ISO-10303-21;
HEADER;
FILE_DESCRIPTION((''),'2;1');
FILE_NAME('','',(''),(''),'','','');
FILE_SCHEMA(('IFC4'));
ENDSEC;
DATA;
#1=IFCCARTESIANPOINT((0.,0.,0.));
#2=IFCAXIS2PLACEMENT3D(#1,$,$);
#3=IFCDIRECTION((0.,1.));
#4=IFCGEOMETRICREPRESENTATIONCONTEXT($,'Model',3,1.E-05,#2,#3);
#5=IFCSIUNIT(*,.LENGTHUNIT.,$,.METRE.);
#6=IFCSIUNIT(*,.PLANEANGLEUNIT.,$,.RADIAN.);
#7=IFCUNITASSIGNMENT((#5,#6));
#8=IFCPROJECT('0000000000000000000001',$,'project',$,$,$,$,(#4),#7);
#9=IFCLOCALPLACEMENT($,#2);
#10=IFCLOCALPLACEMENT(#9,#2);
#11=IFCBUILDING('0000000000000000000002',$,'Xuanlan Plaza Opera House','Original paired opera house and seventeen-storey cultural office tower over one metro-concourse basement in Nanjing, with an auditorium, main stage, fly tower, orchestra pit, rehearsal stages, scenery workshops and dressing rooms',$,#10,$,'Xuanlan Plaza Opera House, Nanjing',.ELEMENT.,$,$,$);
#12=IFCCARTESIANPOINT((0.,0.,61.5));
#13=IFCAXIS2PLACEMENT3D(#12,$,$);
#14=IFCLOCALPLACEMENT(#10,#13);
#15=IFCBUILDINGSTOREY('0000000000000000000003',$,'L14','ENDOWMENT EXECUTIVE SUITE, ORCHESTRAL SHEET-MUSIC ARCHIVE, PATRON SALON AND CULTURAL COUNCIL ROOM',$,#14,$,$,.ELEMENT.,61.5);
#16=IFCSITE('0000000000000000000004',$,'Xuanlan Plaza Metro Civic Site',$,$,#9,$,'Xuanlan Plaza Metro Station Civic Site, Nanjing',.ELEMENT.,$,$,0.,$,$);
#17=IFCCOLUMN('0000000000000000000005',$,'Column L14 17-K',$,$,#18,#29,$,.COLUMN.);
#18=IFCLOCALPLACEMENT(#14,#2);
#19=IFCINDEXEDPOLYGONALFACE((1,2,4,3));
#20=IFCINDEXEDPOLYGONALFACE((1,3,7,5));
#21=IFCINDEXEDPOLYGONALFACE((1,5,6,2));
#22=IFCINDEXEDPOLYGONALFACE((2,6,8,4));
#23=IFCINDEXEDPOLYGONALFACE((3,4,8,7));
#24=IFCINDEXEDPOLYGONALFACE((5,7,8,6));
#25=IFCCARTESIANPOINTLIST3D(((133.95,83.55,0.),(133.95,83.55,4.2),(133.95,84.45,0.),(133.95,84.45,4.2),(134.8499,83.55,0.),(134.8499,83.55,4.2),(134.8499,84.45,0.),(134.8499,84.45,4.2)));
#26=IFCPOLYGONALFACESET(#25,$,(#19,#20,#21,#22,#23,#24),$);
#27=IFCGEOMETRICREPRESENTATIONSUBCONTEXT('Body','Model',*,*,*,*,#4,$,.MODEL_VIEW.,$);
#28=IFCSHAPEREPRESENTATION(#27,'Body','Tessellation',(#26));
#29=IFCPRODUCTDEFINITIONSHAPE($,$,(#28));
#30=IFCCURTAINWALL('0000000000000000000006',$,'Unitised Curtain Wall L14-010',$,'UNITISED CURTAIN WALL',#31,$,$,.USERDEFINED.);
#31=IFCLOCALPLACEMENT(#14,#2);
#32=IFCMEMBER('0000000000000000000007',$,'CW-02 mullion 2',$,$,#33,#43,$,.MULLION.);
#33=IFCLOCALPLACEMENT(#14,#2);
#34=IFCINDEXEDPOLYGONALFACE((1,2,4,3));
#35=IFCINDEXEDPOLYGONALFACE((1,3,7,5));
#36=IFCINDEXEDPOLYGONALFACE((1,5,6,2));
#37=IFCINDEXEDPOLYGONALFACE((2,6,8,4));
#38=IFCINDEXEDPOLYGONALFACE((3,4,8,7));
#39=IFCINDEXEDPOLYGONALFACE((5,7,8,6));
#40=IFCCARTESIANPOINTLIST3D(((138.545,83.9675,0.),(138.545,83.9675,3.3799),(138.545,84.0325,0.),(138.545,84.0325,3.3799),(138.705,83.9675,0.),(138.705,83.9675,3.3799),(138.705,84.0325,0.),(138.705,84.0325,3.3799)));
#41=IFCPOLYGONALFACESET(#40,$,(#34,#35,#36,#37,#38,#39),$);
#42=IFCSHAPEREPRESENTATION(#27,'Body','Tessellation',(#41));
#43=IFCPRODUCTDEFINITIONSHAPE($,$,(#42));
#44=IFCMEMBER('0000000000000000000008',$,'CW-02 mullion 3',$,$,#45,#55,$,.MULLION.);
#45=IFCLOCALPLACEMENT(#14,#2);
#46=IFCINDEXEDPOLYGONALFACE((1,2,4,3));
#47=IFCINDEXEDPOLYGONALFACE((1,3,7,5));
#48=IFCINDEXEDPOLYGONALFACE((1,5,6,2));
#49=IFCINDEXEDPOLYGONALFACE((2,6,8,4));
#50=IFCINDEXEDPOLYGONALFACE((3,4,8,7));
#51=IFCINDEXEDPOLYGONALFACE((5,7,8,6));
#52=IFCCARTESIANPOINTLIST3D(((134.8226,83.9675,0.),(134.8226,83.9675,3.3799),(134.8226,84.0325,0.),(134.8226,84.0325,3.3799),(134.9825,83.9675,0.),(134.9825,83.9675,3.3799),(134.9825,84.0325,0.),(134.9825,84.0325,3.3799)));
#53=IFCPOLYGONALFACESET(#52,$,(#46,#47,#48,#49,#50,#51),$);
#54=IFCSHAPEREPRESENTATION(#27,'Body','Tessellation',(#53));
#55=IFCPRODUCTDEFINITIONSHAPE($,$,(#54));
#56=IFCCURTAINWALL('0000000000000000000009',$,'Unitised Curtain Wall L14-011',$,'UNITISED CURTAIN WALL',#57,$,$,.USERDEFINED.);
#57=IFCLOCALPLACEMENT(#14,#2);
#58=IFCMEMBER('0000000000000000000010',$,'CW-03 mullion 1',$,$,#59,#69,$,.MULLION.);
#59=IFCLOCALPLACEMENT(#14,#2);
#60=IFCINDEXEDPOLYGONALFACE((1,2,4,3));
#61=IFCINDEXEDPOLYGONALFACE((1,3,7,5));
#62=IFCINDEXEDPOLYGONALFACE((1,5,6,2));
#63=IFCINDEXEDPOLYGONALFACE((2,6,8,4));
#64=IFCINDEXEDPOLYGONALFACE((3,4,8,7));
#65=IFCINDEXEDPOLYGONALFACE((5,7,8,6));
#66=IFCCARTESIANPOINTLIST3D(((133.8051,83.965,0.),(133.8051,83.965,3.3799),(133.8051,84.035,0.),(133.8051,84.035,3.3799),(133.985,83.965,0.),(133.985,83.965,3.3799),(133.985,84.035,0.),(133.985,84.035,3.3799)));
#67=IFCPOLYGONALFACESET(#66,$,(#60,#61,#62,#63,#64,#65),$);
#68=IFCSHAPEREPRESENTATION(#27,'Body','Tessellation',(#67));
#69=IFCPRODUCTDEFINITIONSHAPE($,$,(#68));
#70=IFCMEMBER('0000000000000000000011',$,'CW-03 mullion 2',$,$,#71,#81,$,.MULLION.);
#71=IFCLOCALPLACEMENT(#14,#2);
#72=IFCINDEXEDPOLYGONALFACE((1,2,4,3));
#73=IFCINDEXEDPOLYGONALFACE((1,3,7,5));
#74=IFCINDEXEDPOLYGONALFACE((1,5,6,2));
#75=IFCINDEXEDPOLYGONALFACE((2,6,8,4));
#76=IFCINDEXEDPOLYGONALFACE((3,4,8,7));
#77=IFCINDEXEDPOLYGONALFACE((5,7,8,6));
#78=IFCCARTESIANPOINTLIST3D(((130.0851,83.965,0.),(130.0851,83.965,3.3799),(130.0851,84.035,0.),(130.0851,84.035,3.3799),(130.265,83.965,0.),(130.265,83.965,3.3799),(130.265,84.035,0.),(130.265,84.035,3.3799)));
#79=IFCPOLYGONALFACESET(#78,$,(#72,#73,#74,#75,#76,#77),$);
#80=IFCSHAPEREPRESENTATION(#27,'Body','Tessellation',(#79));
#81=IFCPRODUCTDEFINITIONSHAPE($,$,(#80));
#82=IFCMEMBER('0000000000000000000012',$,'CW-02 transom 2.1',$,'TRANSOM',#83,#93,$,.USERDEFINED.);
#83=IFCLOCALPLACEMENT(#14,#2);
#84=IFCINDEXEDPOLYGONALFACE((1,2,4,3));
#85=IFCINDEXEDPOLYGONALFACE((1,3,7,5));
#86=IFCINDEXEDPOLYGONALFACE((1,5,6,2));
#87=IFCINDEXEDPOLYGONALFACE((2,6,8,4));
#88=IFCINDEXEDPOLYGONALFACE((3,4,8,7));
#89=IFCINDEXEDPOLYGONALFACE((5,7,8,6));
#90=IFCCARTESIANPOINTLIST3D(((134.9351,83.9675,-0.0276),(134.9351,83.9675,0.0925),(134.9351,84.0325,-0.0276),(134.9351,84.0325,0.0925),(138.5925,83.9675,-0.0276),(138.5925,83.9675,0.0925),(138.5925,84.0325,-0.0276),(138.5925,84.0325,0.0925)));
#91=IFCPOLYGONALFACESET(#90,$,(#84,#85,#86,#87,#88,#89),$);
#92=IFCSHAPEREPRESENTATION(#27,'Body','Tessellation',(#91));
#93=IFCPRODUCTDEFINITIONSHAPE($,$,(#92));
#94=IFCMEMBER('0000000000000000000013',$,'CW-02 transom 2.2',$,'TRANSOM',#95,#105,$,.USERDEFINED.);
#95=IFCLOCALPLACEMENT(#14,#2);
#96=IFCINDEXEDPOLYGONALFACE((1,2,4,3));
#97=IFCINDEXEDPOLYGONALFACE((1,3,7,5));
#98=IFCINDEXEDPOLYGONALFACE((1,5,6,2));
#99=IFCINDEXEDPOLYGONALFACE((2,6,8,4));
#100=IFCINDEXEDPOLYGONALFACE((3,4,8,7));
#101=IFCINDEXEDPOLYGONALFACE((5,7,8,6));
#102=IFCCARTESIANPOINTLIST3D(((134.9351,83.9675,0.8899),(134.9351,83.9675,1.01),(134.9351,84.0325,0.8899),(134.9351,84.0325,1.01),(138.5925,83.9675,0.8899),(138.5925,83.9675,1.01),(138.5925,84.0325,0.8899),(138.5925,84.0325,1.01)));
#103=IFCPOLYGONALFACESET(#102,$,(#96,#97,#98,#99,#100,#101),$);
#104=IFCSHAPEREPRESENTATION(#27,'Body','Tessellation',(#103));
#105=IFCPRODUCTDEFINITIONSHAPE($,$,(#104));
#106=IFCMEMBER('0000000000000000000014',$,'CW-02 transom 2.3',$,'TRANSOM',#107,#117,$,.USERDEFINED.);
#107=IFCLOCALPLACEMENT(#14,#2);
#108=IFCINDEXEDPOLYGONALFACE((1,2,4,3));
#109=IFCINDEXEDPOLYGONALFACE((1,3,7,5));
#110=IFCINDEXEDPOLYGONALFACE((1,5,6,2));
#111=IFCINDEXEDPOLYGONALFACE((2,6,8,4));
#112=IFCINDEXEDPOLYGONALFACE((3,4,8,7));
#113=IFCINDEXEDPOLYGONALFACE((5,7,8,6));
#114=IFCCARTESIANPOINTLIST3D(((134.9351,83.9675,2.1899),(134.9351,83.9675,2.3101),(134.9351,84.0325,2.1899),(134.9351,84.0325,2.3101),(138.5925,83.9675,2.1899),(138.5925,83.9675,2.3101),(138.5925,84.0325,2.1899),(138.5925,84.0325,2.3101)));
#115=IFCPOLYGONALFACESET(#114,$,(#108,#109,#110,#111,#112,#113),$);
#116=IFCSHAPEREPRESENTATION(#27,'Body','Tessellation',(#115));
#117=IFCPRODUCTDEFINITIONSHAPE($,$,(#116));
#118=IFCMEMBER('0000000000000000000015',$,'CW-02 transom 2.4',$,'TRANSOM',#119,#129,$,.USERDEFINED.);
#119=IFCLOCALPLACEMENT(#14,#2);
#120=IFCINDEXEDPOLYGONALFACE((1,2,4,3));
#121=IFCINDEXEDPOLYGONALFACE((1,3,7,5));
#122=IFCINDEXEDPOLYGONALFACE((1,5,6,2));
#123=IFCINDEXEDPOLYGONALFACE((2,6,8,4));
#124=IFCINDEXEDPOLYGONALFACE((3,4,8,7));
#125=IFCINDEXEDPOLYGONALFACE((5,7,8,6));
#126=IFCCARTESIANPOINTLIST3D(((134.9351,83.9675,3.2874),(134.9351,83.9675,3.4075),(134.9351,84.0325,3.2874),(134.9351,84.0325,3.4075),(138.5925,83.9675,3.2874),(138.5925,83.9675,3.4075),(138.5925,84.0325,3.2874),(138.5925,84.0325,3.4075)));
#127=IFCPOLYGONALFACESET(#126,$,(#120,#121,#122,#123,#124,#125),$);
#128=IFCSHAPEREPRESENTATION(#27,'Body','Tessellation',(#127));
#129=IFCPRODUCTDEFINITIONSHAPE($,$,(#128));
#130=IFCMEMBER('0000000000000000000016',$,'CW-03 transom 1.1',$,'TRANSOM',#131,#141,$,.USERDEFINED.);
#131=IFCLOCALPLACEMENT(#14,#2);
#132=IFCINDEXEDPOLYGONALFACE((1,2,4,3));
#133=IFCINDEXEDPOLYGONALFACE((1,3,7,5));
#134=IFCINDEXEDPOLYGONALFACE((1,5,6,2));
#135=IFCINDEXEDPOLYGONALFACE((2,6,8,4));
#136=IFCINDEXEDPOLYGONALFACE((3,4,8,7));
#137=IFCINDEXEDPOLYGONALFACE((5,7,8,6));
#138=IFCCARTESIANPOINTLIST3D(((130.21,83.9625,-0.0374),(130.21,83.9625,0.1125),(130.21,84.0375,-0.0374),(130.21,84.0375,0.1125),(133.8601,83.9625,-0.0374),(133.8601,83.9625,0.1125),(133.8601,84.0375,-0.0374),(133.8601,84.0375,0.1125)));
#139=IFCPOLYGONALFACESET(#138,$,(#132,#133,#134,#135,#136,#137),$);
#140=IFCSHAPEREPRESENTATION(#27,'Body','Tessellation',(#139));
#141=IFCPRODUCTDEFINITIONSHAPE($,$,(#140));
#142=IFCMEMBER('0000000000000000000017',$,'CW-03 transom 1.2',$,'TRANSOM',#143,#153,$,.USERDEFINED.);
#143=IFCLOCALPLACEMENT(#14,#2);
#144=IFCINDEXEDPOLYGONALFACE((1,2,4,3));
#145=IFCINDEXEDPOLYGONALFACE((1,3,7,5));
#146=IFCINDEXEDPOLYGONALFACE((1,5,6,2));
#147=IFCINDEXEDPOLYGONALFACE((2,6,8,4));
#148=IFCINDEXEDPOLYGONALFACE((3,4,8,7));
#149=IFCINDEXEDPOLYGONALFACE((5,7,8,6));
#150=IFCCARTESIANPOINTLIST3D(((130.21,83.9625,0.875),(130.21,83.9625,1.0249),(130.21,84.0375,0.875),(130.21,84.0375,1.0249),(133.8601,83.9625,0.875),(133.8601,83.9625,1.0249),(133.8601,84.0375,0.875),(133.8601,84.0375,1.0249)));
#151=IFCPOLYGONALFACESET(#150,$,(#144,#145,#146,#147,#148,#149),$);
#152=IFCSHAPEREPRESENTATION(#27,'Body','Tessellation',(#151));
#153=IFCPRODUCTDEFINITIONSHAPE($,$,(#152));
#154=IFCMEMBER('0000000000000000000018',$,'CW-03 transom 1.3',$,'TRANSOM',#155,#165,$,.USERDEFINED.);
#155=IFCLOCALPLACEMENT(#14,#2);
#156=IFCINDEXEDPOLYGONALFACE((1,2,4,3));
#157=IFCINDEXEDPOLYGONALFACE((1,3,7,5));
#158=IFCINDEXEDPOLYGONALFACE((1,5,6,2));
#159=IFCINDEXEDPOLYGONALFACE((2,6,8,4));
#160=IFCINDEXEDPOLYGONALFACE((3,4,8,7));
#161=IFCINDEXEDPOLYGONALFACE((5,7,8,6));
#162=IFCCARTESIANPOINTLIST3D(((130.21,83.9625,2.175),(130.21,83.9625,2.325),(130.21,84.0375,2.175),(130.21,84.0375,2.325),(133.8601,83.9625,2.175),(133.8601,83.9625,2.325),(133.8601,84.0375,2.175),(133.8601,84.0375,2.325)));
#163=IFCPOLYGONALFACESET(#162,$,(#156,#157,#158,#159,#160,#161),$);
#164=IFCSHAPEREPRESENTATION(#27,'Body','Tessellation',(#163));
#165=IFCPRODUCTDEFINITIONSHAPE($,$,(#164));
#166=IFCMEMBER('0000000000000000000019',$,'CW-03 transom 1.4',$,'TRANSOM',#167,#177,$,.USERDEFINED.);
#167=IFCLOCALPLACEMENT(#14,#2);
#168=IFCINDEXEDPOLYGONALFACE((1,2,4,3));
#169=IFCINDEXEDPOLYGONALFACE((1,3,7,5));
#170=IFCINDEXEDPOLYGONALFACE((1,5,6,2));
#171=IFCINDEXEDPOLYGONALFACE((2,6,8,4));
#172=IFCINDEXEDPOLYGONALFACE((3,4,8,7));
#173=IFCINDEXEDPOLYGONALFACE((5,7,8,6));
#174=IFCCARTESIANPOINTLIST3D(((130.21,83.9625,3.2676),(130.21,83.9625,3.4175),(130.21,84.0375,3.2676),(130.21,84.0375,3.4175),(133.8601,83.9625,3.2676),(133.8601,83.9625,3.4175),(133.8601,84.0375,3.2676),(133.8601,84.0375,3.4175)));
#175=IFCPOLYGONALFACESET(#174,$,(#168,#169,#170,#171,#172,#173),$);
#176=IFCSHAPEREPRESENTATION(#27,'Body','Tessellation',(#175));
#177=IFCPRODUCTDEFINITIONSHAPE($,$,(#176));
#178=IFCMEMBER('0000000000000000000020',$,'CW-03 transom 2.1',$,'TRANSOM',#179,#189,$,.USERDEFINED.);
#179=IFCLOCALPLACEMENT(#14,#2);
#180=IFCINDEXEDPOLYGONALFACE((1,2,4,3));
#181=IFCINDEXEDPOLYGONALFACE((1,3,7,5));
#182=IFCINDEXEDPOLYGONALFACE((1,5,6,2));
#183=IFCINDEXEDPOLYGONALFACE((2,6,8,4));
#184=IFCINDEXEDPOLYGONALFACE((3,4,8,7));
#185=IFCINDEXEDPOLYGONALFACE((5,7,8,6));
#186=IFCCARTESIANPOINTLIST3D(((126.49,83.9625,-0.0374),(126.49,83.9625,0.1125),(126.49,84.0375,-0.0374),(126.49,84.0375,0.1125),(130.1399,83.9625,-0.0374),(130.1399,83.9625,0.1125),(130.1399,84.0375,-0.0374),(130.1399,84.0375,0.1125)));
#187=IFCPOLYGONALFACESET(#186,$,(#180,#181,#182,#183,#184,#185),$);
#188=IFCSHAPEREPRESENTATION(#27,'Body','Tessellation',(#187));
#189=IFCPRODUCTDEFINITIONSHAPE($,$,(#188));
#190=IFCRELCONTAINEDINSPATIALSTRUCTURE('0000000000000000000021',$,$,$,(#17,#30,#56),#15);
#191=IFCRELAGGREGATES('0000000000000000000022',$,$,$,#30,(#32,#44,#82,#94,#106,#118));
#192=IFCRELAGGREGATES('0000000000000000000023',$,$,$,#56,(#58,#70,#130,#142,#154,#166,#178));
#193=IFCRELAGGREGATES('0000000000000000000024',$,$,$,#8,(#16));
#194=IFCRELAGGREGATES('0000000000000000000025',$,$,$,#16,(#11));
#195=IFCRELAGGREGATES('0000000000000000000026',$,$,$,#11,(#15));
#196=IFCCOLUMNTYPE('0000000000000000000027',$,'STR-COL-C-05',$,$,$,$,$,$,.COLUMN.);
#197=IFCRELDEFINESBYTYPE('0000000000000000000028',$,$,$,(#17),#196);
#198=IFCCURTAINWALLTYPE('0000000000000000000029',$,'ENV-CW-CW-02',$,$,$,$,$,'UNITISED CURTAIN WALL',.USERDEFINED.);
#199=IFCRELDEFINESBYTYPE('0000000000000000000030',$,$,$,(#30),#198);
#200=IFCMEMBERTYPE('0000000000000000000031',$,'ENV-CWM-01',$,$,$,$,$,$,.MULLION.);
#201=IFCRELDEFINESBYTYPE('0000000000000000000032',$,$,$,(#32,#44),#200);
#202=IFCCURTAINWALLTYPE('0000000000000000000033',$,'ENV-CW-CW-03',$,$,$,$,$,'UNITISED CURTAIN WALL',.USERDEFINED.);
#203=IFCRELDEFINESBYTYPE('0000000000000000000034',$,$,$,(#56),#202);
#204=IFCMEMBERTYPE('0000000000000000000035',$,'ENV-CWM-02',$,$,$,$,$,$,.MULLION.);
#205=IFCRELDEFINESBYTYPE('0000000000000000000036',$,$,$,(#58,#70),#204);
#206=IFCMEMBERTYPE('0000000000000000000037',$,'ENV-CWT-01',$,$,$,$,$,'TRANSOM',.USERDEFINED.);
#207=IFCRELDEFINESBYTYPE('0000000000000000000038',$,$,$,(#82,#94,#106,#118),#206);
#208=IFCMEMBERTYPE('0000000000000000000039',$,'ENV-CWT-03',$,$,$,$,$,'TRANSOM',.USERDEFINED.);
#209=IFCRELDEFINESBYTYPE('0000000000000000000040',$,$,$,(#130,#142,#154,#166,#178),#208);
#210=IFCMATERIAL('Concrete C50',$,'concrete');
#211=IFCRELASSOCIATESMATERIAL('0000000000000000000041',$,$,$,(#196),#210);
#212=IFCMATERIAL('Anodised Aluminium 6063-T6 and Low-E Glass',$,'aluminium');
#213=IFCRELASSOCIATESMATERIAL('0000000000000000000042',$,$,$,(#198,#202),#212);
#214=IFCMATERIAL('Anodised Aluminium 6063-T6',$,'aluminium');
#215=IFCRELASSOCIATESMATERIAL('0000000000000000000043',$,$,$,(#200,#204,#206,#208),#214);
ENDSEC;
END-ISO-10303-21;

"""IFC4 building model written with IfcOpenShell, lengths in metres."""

from ifc_helpers import new_model, si_unit, direction, frame, origin, origin_2d, place, context, subcontext, project, spatial, rectangle, extrude, material, material_profile, profile_set, type_object, element, aggregate, save


model = new_model("IFC4")

# Units and contexts
model_context = context("Model", 3, precision=1e-05, world=origin(), true_north=direction((0.0, 1.0)))
body_context = subcontext(model_context, "Body", "Model", "MODEL_VIEW")
ifc_project = project(units=[si_unit("LENGTHUNIT", "METRE"), si_unit("PLANEANGLEUNIT", "RADIAN")], contexts=[model_context])

# Site, building, storey
site_placement = place(None, origin())
site = spatial("IfcSite", under=ifc_project, at=site_placement, Name="Xuanlan Plaza Metro Civic Site", LongName="Xuanlan Plaza Metro Station Civic Site, Nanjing", CompositionType="ELEMENT", RefElevation=0.0)
building_placement = place(site_placement, origin())
building = spatial("IfcBuilding", under=site, at=building_placement, Name="Xuanlan Plaza Opera House", Description="Original paired opera house and seventeen-storey cultural office tower over one metro-concourse basement in Nanjing, with an auditorium, main stage, fly tower, orchestra pit, rehearsal stages, scenery workshops and dressing rooms", LongName="Xuanlan Plaza Opera House, Nanjing", CompositionType="ELEMENT")
storey_placement = place(building_placement, frame((0.0, 0.0, 61.5)))
storey = spatial("IfcBuildingStorey", under=building, at=storey_placement, Name="L14", Description="ENDOWMENT EXECUTIVE SUITE, ORCHESTRAL SHEET-MUSIC ARCHIVE, PATRON SALON AND CULTURAL COUNCIL ROOM", CompositionType="ELEMENT", Elevation=61.5)

# Column
ifc_material_1 = material(Name="Concrete C50", Category="concrete")
ifc_material_profile_1 = material_profile(ifc_material_1, rectangle(XDim=0.8999, YDim=0.8999, at=origin_2d()), Name="RC-COL 900x900")
ifc_profile_set_1 = profile_set([ifc_material_profile_1], Name="Concrete C50")
column_type = type_object("IfcColumnType", Name="STR-COL-C-05", PredefinedType="COLUMN", material=ifc_profile_set_1)
column_placement = place(storey_placement, frame((134.3999, 84.0, 0.0), z_axis=(0.0, 0.0, 1.0), x_axis=(1.0, 0.0, 0.0)))
element("IfcColumn", 1, at=column_placement, inside=storey, type_object=column_type, Name="Column L14 17-K", PredefinedType="COLUMN", context=body_context, shape_type="SweptSolid", body=[
    extrude(rectangle(XDim=0.8999, YDim=0.8999, at=origin_2d()), origin(), (0.0, 0.0, 1.0), 4.2),
])

# Curtain walls, members
ifc_material_2 = material(Name="Anodised Aluminium 6063-T6 and Low-E Glass", Category="aluminium")
curtain_wall_type_1 = type_object("IfcCurtainWallType", Name="ENV-CW-CW-02", ElementType="UNITISED CURTAIN WALL", PredefinedType="USERDEFINED", material=ifc_material_2)
curtain_wall_1_placement = place(storey_placement, origin())
curtain_wall_1 = element("IfcCurtainWall", 2, at=curtain_wall_1_placement, inside=storey, type_object=curtain_wall_type_1, Name="Unitised Curtain Wall L14-010", ObjectType="UNITISED CURTAIN WALL", PredefinedType="USERDEFINED")
ifc_material_3 = material(Name="Anodised Aluminium 6063-T6", Category="aluminium")
ifc_material_profile_2 = material_profile(ifc_material_3, rectangle(XDim=0.0649, YDim=0.1599, at=origin_2d()), Name="ALU-M 65x160")
ifc_profile_set_2 = profile_set([ifc_material_profile_2], Name="Anodised Aluminium 6063-T6")
member_type_1 = type_object("IfcMemberType", Name="ENV-CWM-01", PredefinedType="MULLION", material=ifc_profile_set_2)
member_1_placement = place(storey_placement, frame((138.625, 84.0, 0.0), z_axis=(0.0, 0.0, 1.0), x_axis=(0.0, -1.0, 0.0)))
member_1 = element("IfcMember", 3, at=member_1_placement, type_object=member_type_1, Name="CW-02 mullion 2", PredefinedType="MULLION", context=body_context, shape_type="SweptSolid", body=[
    extrude(rectangle(XDim=0.0649, YDim=0.1599, at=origin_2d()), origin(), (0.0, 0.0, 1.0), 3.3799),
])
member_2_placement = place(storey_placement, frame((134.9026, 84.0, 0.0), z_axis=(0.0, 0.0, 1.0), x_axis=(0.0, -1.0, 0.0)))
member_2 = element("IfcMember", 4, at=member_2_placement, type_object=member_type_1, Name="CW-02 mullion 3", PredefinedType="MULLION", context=body_context, shape_type="SweptSolid", body=[
    extrude(rectangle(XDim=0.0649, YDim=0.1599, at=origin_2d()), origin(), (0.0, 0.0, 1.0), 3.3799),
])
curtain_wall_type_2 = type_object("IfcCurtainWallType", Name="ENV-CW-CW-03", ElementType="UNITISED CURTAIN WALL", PredefinedType="USERDEFINED", material=ifc_material_2)
curtain_wall_2_placement = place(storey_placement, origin())
curtain_wall_2 = element("IfcCurtainWall", 5, at=curtain_wall_2_placement, inside=storey, type_object=curtain_wall_type_2, Name="Unitised Curtain Wall L14-011", ObjectType="UNITISED CURTAIN WALL", PredefinedType="USERDEFINED")
ifc_material_profile_3 = material_profile(ifc_material_3, rectangle(XDim=0.0701, YDim=0.1799, at=origin_2d()), Name="ALU-M 70x180")
ifc_profile_set_3 = profile_set([ifc_material_profile_3], Name="Anodised Aluminium 6063-T6")
member_type_2 = type_object("IfcMemberType", Name="ENV-CWM-02", PredefinedType="MULLION", material=ifc_profile_set_3)
member_3_placement = place(storey_placement, frame((133.895, 84.0, 0.0), z_axis=(0.0, 0.0, 1.0), x_axis=(0.0, -1.0, 0.0)))
member_3 = element("IfcMember", 6, at=member_3_placement, type_object=member_type_2, Name="CW-03 mullion 1", PredefinedType="MULLION", context=body_context, shape_type="SweptSolid", body=[
    extrude(rectangle(XDim=0.0701, YDim=0.1799, at=origin_2d()), origin(), (0.0, 0.0, 1.0), 3.3799),
])
member_4_placement = place(storey_placement, frame((130.175, 84.0, 0.0), z_axis=(0.0, 0.0, 1.0), x_axis=(0.0, -1.0, 0.0)))
member_4 = element("IfcMember", 7, at=member_4_placement, type_object=member_type_2, Name="CW-03 mullion 2", PredefinedType="MULLION", context=body_context, shape_type="SweptSolid", body=[
    extrude(rectangle(XDim=0.0701, YDim=0.1799, at=origin_2d()), origin(), (0.0, 0.0, 1.0), 3.3799),
])

# Members
ifc_material_profile_4 = material_profile(ifc_material_3, rectangle(XDim=0.0649, YDim=0.1201, at=origin_2d()), Name="ALU-T 65x120")
ifc_profile_set_4 = profile_set([ifc_material_profile_4], Name="Anodised Aluminium 6063-T6")
member_type_3 = type_object("IfcMemberType", Name="ENV-CWT-01", ElementType="TRANSOM", PredefinedType="USERDEFINED", material=ifc_profile_set_4)
member_5_placement = place(storey_placement, frame((138.5925, 84.0, 0.0325), z_axis=(-1.0, 0.0, 0.0), x_axis=(0.0, -1.0, 0.0)))
member_5 = element("IfcMember", 8, at=member_5_placement, type_object=member_type_3, Name="CW-02 transom 2.1", ObjectType="TRANSOM", PredefinedType="USERDEFINED", context=body_context, shape_type="SweptSolid", body=[
    extrude(rectangle(XDim=0.0649, YDim=0.1201, at=origin_2d()), origin(), (0.0, 0.0, 1.0), 3.6575),
])
member_6_placement = place(storey_placement, frame((138.5925, 84.0, 0.95), z_axis=(-1.0, 0.0, 0.0), x_axis=(0.0, -1.0, 0.0)))
member_6 = element("IfcMember", 9, at=member_6_placement, type_object=member_type_3, Name="CW-02 transom 2.2", ObjectType="TRANSOM", PredefinedType="USERDEFINED", context=body_context, shape_type="SweptSolid", body=[
    extrude(rectangle(XDim=0.0649, YDim=0.1201, at=origin_2d()), origin(), (0.0, 0.0, 1.0), 3.6575),
])
member_7_placement = place(storey_placement, frame((138.5925, 84.0, 2.25), z_axis=(-1.0, 0.0, 0.0), x_axis=(0.0, -1.0, 0.0)))
member_7 = element("IfcMember", 10, at=member_7_placement, type_object=member_type_3, Name="CW-02 transom 2.3", ObjectType="TRANSOM", PredefinedType="USERDEFINED", context=body_context, shape_type="SweptSolid", body=[
    extrude(rectangle(XDim=0.0649, YDim=0.1201, at=origin_2d()), origin(), (0.0, 0.0, 1.0), 3.6575),
])
member_8_placement = place(storey_placement, frame((138.5925, 84.0, 3.3474), z_axis=(-1.0, 0.0, 0.0), x_axis=(0.0, -1.0, 0.0)))
member_8 = element("IfcMember", 11, at=member_8_placement, type_object=member_type_3, Name="CW-02 transom 2.4", ObjectType="TRANSOM", PredefinedType="USERDEFINED", context=body_context, shape_type="SweptSolid", body=[
    extrude(rectangle(XDim=0.0649, YDim=0.1201, at=origin_2d()), origin(), (0.0, 0.0, 1.0), 3.6575),
])
ifc_material_profile_5 = material_profile(ifc_material_3, rectangle(XDim=0.075, YDim=0.1499, at=origin_2d()), Name="ALU-T 75x150")
ifc_profile_set_5 = profile_set([ifc_material_profile_5], Name="Anodised Aluminium 6063-T6")
member_type_4 = type_object("IfcMemberType", Name="ENV-CWT-03", ElementType="TRANSOM", PredefinedType="USERDEFINED", material=ifc_profile_set_5)
member_9_placement = place(storey_placement, frame((133.8601, 84.0, 0.0376), z_axis=(-1.0, 0.0, 0.0), x_axis=(0.0, -1.0, 0.0)))
member_9 = element("IfcMember", 12, at=member_9_placement, type_object=member_type_4, Name="CW-03 transom 1.1", ObjectType="TRANSOM", PredefinedType="USERDEFINED", context=body_context, shape_type="SweptSolid", body=[
    extrude(rectangle(XDim=0.075, YDim=0.1499, at=origin_2d()), origin(), (0.0, 0.0, 1.0), 3.6501),
])
member_10_placement = place(storey_placement, frame((133.8601, 84.0, 0.95), z_axis=(-1.0, 0.0, 0.0), x_axis=(0.0, -1.0, 0.0)))
member_10 = element("IfcMember", 13, at=member_10_placement, type_object=member_type_4, Name="CW-03 transom 1.2", ObjectType="TRANSOM", PredefinedType="USERDEFINED", context=body_context, shape_type="SweptSolid", body=[
    extrude(rectangle(XDim=0.075, YDim=0.1499, at=origin_2d()), origin(), (0.0, 0.0, 1.0), 3.6501),
])
member_11_placement = place(storey_placement, frame((133.8601, 84.0, 2.25), z_axis=(-1.0, 0.0, 0.0), x_axis=(0.0, -1.0, 0.0)))
member_11 = element("IfcMember", 14, at=member_11_placement, type_object=member_type_4, Name="CW-03 transom 1.3", ObjectType="TRANSOM", PredefinedType="USERDEFINED", context=body_context, shape_type="SweptSolid", body=[
    extrude(rectangle(XDim=0.075, YDim=0.1499, at=origin_2d()), origin(), (0.0, 0.0, 1.0), 3.6501),
])
member_12_placement = place(storey_placement, frame((133.8601, 84.0, 3.3425), z_axis=(-1.0, 0.0, 0.0), x_axis=(0.0, -1.0, 0.0)))
member_12 = element("IfcMember", 15, at=member_12_placement, type_object=member_type_4, Name="CW-03 transom 1.4", ObjectType="TRANSOM", PredefinedType="USERDEFINED", context=body_context, shape_type="SweptSolid", body=[
    extrude(rectangle(XDim=0.075, YDim=0.1499, at=origin_2d()), origin(), (0.0, 0.0, 1.0), 3.6501),
])
member_13_placement = place(storey_placement, frame((130.1399, 84.0, 0.0376), z_axis=(-1.0, 0.0, 0.0), x_axis=(0.0, -1.0, 0.0)))
member_13 = element("IfcMember", 16, at=member_13_placement, type_object=member_type_4, Name="CW-03 transom 2.1", ObjectType="TRANSOM", PredefinedType="USERDEFINED", context=body_context, shape_type="SweptSolid", body=[
    extrude(rectangle(XDim=0.075, YDim=0.1499, at=origin_2d()), origin(), (0.0, 0.0, 1.0), 3.6499),
])

aggregate(curtain_wall_1, [member_1, member_2, member_5, member_6, member_7, member_8])
aggregate(curtain_wall_2, [member_3, member_4, member_9, member_10, member_11, member_12, member_13])

save(model, "model.ifc")
